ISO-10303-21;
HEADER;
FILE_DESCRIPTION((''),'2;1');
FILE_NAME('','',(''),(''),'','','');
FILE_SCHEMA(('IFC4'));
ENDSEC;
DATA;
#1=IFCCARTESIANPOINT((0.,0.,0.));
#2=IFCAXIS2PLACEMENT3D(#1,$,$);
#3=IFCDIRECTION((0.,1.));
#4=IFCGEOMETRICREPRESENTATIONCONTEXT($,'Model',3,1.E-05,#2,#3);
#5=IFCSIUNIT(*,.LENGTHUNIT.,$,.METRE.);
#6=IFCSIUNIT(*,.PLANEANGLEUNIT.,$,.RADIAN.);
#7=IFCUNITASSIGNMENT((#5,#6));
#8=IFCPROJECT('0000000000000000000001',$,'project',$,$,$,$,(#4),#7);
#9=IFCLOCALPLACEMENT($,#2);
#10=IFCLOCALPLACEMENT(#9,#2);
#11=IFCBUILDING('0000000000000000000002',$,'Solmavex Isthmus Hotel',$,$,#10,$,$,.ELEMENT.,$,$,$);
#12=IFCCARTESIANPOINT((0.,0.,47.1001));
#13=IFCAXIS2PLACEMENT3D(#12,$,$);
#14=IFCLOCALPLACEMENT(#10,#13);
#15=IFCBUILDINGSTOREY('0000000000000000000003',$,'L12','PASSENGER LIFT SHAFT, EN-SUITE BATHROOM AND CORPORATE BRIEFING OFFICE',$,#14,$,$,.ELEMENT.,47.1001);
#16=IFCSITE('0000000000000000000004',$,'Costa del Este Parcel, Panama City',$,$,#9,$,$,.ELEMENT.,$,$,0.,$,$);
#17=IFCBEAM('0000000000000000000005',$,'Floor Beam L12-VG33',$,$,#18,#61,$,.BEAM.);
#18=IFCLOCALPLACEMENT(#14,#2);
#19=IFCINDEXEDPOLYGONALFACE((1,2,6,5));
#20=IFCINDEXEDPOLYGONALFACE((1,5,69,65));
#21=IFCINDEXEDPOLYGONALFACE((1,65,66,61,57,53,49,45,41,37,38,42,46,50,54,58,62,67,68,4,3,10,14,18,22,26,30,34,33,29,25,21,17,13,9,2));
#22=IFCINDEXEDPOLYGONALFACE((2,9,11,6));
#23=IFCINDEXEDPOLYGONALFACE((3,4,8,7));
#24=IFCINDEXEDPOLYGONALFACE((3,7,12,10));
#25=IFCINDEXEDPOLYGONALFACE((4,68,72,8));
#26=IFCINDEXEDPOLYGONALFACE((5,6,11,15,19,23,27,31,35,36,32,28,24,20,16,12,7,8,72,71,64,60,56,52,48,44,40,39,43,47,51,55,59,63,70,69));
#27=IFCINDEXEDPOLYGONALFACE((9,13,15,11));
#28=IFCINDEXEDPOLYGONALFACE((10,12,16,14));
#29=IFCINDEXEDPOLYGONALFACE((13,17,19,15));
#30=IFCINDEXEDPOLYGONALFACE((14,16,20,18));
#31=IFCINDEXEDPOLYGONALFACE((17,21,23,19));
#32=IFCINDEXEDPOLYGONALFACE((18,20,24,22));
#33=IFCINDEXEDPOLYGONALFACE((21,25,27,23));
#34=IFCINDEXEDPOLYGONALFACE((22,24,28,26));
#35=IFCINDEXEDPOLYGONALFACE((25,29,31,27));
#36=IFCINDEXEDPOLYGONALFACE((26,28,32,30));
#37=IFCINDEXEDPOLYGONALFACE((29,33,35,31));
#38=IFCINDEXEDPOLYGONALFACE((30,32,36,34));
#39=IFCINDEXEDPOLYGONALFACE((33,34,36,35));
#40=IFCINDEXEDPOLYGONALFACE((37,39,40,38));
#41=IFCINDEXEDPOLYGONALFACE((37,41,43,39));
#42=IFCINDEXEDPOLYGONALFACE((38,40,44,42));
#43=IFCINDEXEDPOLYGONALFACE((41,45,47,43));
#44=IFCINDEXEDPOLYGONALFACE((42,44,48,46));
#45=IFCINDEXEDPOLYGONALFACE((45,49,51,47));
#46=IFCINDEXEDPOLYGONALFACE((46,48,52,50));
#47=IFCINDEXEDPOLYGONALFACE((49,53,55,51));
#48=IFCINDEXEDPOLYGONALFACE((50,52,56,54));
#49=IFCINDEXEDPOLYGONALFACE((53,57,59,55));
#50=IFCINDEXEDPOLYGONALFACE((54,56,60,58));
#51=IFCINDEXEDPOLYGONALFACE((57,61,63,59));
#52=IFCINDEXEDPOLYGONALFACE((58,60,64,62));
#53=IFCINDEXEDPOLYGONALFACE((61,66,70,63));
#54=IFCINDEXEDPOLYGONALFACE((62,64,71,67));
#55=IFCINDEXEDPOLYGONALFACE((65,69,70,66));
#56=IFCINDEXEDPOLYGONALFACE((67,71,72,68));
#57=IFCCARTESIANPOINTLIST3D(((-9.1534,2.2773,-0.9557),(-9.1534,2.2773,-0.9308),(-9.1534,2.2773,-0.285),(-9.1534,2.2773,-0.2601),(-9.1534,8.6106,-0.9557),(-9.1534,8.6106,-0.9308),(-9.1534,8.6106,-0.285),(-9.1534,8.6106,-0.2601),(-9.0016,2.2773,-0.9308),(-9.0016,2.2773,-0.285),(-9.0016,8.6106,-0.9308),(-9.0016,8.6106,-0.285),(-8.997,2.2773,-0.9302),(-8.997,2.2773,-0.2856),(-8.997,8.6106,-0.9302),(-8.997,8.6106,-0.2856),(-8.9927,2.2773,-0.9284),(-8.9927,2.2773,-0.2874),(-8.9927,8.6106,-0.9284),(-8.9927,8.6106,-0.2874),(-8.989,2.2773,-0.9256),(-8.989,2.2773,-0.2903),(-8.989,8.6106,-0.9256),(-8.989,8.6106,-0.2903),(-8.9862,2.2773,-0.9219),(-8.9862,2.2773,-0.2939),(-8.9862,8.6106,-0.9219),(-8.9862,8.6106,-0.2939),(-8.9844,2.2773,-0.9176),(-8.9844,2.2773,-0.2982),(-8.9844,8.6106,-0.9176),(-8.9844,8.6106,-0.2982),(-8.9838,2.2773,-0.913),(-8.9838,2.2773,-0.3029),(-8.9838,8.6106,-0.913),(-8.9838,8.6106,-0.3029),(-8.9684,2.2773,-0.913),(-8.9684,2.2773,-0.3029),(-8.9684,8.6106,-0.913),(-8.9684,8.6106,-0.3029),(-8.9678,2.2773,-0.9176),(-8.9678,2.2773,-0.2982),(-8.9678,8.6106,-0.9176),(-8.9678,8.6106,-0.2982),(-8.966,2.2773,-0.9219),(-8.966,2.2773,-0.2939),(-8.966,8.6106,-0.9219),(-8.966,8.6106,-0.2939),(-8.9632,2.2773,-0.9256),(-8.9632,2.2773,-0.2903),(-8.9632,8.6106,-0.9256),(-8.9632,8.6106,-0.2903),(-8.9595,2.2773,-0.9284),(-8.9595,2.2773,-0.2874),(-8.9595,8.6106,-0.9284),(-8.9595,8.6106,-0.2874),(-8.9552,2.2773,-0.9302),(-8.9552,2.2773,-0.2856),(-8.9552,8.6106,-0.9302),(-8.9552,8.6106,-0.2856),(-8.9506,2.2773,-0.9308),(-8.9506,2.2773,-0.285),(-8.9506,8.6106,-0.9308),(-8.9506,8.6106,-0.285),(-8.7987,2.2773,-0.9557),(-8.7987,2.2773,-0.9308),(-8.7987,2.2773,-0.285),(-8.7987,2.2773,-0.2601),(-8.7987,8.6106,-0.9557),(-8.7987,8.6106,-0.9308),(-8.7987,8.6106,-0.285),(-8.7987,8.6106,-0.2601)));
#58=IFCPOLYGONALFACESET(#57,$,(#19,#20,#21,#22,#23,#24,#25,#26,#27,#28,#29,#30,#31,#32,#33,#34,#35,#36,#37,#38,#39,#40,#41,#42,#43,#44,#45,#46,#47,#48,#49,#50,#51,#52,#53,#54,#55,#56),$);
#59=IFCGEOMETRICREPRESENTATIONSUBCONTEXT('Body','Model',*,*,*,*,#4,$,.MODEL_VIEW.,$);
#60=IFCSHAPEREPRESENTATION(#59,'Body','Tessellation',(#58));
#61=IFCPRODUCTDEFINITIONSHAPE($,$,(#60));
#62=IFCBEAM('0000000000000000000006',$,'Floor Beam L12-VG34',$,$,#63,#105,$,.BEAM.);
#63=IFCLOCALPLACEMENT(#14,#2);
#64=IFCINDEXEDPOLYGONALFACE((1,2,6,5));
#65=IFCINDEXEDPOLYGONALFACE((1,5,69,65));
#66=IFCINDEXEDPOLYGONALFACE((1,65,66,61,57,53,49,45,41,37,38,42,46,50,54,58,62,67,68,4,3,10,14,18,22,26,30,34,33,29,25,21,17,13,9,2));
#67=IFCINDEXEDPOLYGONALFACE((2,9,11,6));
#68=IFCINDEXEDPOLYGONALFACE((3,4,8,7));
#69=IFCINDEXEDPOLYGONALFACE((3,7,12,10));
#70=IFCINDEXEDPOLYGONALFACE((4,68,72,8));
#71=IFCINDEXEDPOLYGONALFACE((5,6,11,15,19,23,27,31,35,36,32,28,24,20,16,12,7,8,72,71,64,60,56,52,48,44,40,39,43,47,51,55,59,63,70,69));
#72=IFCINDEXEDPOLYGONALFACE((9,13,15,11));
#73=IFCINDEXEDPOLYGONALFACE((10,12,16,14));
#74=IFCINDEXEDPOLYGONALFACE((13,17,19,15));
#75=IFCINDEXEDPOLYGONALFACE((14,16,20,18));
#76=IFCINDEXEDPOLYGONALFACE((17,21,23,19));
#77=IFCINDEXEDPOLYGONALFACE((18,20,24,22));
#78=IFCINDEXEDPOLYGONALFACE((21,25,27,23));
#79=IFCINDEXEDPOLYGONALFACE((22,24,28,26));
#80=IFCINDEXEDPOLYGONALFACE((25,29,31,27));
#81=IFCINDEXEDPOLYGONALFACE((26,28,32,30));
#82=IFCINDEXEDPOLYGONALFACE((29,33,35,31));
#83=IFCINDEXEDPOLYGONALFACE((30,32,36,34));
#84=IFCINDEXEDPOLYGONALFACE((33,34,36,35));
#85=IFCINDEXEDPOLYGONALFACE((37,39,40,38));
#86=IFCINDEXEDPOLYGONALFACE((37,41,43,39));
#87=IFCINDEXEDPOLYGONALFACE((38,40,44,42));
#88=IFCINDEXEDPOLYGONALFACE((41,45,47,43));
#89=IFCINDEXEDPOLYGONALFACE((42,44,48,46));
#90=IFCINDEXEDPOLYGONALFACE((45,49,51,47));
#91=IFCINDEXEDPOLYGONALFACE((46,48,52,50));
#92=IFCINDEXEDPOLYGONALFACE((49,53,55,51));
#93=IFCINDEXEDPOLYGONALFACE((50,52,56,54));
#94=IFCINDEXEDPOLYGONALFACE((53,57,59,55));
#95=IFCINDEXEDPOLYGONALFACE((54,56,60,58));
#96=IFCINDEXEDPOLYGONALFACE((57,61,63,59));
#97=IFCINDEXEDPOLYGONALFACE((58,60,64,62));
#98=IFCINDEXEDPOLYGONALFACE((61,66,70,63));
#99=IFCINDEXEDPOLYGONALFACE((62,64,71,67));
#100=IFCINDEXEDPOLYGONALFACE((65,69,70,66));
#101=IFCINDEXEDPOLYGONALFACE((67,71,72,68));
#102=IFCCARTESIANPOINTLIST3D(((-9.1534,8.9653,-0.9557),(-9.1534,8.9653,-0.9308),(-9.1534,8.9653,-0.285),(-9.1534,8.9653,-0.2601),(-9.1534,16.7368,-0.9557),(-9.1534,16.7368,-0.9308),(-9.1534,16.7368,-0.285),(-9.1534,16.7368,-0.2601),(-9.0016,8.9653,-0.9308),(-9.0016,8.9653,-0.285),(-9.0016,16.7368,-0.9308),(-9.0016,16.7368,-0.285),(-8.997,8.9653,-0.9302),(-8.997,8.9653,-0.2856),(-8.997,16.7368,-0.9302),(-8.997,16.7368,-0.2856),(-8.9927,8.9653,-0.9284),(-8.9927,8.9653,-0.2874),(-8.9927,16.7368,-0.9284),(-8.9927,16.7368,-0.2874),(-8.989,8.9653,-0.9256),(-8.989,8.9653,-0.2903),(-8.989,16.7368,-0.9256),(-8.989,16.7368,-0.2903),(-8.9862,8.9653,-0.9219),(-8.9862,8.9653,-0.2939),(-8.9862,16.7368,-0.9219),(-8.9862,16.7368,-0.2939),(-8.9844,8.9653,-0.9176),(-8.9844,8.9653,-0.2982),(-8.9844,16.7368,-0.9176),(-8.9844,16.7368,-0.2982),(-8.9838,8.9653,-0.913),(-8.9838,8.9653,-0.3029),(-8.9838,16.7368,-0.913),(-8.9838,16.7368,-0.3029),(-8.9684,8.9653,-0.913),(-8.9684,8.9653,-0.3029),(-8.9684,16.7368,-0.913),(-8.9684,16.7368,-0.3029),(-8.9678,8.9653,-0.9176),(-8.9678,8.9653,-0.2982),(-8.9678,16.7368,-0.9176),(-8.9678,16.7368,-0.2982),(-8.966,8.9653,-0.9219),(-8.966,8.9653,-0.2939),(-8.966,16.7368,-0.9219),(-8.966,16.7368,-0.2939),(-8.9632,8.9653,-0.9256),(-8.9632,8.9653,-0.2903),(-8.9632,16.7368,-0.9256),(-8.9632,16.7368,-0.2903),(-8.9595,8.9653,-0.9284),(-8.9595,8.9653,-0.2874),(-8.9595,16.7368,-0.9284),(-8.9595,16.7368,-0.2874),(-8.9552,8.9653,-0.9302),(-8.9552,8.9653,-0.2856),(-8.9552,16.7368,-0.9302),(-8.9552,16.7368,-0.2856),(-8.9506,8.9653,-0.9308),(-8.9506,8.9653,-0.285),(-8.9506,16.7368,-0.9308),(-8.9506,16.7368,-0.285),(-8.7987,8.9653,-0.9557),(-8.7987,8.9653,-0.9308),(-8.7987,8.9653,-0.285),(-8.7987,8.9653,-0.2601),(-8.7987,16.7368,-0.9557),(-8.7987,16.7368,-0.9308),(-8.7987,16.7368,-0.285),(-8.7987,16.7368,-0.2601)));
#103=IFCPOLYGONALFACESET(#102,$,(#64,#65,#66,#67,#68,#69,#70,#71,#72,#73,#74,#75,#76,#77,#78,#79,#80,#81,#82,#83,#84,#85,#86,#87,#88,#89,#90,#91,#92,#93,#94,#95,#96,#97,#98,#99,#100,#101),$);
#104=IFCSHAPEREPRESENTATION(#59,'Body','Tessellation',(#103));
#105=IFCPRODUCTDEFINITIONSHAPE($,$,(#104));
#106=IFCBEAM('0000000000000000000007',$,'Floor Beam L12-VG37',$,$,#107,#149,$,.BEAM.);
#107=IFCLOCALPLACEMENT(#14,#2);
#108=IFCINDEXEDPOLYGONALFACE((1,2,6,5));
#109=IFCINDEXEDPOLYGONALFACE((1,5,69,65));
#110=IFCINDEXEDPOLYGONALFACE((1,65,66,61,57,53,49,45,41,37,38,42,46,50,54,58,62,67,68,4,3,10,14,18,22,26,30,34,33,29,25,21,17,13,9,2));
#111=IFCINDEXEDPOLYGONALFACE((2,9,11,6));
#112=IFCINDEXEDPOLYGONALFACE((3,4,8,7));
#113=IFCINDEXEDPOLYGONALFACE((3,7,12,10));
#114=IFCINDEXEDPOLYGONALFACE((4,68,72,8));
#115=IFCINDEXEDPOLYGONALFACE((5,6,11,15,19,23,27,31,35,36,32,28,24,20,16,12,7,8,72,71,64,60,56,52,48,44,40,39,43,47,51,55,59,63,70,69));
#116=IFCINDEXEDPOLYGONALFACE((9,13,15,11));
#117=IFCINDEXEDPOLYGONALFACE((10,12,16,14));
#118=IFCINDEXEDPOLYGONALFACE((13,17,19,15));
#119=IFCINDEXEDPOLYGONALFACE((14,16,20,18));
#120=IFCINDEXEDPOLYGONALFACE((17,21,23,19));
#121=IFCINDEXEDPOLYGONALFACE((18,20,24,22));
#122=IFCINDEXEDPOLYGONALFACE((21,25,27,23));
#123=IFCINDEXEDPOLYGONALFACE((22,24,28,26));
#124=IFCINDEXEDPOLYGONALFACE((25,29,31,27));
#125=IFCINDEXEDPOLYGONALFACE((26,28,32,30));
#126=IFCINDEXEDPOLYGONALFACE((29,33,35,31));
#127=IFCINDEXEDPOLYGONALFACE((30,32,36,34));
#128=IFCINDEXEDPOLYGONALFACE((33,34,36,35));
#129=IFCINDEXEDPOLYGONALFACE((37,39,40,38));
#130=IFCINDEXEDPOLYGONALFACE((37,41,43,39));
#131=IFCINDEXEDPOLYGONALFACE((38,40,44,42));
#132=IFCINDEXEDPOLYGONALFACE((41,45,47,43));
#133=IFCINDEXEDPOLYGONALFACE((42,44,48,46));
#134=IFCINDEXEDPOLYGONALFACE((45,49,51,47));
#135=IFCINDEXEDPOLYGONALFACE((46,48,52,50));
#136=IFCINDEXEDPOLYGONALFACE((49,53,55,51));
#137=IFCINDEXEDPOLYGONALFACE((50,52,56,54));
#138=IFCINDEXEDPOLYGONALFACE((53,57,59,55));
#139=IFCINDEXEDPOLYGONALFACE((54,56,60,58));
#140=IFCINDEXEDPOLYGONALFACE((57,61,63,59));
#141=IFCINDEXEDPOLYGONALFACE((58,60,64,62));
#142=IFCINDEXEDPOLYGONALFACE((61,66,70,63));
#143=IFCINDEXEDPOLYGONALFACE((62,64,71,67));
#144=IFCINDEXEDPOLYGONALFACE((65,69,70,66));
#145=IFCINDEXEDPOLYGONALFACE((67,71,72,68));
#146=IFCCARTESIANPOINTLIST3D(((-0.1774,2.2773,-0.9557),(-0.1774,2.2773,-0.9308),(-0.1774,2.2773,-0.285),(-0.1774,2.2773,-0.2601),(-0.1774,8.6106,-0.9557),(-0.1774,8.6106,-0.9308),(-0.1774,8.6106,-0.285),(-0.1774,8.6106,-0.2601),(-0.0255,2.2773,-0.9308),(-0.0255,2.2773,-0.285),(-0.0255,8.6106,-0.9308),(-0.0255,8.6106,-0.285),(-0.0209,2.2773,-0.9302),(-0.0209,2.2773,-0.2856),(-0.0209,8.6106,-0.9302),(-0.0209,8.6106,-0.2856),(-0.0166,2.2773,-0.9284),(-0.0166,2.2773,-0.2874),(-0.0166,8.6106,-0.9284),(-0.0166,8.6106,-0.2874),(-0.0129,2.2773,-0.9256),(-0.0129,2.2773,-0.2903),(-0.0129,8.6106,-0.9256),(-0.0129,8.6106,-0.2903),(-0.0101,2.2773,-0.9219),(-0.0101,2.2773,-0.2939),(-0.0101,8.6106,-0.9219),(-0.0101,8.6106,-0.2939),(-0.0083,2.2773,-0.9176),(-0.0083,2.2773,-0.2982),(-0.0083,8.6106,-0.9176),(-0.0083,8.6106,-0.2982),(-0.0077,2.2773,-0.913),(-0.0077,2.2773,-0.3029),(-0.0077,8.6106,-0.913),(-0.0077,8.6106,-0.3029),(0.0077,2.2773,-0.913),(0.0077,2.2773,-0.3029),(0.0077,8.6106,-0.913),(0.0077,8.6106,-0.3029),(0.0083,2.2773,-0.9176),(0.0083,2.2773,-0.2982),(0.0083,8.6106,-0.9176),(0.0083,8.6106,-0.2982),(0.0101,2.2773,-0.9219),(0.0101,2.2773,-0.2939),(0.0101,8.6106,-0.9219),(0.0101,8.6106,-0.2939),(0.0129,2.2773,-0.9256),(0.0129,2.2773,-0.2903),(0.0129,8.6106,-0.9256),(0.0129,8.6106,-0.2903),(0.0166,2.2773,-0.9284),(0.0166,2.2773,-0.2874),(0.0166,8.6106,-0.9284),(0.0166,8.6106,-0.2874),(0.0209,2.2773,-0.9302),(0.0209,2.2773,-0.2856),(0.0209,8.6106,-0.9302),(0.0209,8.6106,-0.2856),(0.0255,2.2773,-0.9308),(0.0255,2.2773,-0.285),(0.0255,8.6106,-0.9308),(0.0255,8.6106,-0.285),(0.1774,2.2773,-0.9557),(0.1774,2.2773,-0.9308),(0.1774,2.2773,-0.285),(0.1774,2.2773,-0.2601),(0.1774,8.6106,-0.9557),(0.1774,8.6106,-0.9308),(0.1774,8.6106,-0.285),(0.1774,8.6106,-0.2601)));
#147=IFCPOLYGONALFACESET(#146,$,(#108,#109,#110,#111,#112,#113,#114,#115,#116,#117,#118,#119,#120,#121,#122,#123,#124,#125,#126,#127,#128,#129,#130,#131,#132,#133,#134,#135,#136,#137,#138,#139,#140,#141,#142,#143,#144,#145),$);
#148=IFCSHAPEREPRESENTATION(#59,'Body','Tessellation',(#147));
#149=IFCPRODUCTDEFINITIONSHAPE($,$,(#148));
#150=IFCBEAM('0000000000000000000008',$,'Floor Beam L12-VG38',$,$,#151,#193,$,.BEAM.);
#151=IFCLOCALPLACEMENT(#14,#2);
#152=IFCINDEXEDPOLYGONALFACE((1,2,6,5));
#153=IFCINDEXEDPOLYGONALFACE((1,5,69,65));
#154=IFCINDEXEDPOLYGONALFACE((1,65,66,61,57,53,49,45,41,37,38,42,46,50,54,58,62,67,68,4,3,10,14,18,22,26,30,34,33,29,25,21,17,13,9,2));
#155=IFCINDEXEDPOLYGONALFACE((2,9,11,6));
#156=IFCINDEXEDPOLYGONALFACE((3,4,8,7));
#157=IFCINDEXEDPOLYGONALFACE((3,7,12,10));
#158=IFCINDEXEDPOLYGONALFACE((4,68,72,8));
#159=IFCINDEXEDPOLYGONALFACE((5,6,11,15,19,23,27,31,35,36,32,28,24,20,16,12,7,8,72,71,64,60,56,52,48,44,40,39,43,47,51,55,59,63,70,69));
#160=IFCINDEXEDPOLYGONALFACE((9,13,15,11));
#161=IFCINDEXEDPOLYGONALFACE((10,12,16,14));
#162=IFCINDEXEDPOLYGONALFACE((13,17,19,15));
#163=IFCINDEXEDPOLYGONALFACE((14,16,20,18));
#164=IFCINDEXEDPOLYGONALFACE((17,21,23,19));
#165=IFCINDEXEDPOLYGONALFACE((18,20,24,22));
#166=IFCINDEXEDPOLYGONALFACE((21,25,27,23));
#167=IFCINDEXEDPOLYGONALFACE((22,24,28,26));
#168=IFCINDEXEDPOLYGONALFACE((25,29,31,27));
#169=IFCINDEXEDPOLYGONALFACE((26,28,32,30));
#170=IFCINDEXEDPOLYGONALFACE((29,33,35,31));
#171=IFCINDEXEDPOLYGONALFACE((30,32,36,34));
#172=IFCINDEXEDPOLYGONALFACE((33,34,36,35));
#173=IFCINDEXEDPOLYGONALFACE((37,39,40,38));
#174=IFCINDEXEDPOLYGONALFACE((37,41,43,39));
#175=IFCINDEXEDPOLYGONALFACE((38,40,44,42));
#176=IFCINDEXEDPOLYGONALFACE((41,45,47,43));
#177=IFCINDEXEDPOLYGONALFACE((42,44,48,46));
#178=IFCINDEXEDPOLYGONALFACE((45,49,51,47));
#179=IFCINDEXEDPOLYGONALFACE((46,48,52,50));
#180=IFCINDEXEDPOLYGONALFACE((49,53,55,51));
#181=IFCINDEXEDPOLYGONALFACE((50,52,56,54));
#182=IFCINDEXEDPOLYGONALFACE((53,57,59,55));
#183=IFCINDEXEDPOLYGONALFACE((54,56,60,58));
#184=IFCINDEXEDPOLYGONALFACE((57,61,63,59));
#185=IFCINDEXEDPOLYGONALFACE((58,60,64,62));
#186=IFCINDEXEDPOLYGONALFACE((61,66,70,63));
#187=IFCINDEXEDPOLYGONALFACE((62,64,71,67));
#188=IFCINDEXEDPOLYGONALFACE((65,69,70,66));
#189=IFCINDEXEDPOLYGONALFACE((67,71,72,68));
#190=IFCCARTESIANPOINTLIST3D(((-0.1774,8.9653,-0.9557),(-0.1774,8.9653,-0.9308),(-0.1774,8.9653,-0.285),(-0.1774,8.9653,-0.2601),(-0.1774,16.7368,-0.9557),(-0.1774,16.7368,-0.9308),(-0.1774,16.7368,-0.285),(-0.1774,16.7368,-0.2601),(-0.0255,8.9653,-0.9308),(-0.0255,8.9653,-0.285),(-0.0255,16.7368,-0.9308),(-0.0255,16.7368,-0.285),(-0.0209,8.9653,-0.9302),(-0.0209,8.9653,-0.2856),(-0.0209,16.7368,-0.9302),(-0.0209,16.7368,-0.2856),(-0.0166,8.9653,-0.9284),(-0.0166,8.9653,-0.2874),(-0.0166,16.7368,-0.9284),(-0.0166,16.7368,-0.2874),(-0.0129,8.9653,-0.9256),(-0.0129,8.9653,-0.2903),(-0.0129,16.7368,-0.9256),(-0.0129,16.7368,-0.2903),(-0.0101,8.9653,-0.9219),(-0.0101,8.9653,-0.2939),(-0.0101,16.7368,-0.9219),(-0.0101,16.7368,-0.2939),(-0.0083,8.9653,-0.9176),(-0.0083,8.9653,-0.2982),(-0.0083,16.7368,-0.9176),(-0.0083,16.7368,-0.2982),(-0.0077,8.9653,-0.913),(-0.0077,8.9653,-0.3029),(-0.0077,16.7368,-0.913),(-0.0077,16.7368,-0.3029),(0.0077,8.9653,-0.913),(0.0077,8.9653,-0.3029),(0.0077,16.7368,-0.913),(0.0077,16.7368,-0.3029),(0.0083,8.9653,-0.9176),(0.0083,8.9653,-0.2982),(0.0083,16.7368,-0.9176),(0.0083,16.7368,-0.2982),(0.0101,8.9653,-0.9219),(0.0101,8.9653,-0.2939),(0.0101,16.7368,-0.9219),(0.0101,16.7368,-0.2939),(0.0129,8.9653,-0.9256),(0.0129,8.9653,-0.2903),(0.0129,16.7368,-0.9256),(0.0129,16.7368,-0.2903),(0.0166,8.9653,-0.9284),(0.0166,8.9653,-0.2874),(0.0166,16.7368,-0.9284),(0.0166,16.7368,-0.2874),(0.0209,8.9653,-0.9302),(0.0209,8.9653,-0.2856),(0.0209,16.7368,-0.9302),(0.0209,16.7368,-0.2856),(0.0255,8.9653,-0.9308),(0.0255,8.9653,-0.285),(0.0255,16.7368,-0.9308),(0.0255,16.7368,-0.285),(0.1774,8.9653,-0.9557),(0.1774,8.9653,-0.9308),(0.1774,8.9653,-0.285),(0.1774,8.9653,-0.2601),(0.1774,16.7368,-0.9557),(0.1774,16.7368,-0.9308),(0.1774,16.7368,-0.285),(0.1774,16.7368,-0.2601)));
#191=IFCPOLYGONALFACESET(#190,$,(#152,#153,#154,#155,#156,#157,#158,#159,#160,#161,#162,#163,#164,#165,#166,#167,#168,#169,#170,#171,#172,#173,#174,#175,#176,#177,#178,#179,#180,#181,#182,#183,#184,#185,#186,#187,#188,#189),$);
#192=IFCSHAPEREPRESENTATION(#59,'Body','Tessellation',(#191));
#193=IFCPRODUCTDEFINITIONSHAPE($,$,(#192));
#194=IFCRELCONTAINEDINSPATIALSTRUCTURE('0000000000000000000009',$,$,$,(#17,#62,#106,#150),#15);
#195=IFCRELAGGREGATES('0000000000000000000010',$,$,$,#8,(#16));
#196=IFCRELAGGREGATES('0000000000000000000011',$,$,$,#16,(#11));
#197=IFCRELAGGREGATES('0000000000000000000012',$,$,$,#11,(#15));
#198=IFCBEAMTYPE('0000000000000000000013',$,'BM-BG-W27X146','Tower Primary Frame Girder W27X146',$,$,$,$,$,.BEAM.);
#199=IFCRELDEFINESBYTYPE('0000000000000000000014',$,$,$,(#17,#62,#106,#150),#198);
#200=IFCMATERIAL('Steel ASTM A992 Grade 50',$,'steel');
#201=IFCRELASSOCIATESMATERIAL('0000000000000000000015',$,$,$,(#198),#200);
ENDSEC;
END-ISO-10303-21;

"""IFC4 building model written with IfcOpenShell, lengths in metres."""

from ifc_helpers import new_model, si_unit, direction, frame, origin, origin_2d, place, context, subcontext, project, spatial, i_section, extrude, material, material_profile, profile_set, type_object, element, save


model = new_model("IFC4")

# Units and contexts
model_context = context("Model", 3, precision=1e-05, world=origin(), true_north=direction((0.0, 1.0)))
body_context = subcontext(model_context, "Body", "Model", "MODEL_VIEW")
ifc_project = project(units=[si_unit("LENGTHUNIT", "METRE"), si_unit("PLANEANGLEUNIT", "RADIAN")], contexts=[model_context])

# Site, building, storey
site_placement = place(None, origin())
site = spatial("IfcSite", under=ifc_project, at=site_placement, Name="Costa del Este Parcel, Panama City", CompositionType="ELEMENT", RefElevation=0.0)
building_placement = place(site_placement, origin())
building = spatial("IfcBuilding", under=site, at=building_placement, Name="Solmavex Isthmus Hotel", CompositionType="ELEMENT")
storey_placement = place(building_placement, frame((0.0, 0.0, 47.1001)))
storey = spatial("IfcBuildingStorey", under=building, at=storey_placement, Name="L12", Description="PASSENGER LIFT SHAFT, EN-SUITE BATHROOM AND CORPORATE BRIEFING OFFICE", CompositionType="ELEMENT", Elevation=47.1001)

# Beams
ifc_material_1 = material(Name="Steel ASTM A992 Grade 50", Category="steel")
ifc_material_profile_1 = material_profile(ifc_material_1, i_section(OverallWidth=0.3547, OverallDepth=0.6956, WebThickness=0.0154, FlangeThickness=0.0249, FilletRadius=0.0178, at=origin_2d()), Name="W27X146")
ifc_profile_set_1 = profile_set([ifc_material_profile_1], Name="Steel ASTM A992 Grade 50")
beam_type_1 = type_object("IfcBeamType", Name="BM-BG-W27X146", Description="Tower Primary Frame Girder W27X146", PredefinedType="BEAM", material=ifc_profile_set_1)
beam_1_placement = place(storey_placement, frame((-8.9761, 2.2773, -0.6079), z_axis=(0.0, 1.0, 0.0), x_axis=(-1.0, 0.0, 0.0)))
element("IfcBeam", 1, at=beam_1_placement, inside=storey, type_object=beam_type_1, Name="Floor Beam L12-VG33", PredefinedType="BEAM", context=body_context, shape_type="SweptSolid", body=[
    extrude(i_section(OverallWidth=0.3547, OverallDepth=0.6956, WebThickness=0.0154, FlangeThickness=0.0249, FilletRadius=0.0178, at=origin_2d()), origin(), (0.0, 0.0, 1.0), 6.3333),
])
beam_2_placement = place(storey_placement, frame((-8.9761, 8.9653, -0.6079), z_axis=(0.0, 1.0, 0.0), x_axis=(-1.0, 0.0, 0.0)))
element("IfcBeam", 2, at=beam_2_placement, inside=storey, type_object=beam_type_1, Name="Floor Beam L12-VG34", PredefinedType="BEAM", context=body_context, shape_type="SweptSolid", body=[
    extrude(i_section(OverallWidth=0.3547, OverallDepth=0.6956, WebThickness=0.0154, FlangeThickness=0.0249, FilletRadius=0.0178, at=origin_2d()), origin(), (0.0, 0.0, 1.0), 7.7715),
])
beam_3_placement = place(storey_placement, frame((0.0, 2.2773, -0.6079), z_axis=(0.0, 1.0, 0.0), x_axis=(-1.0, 0.0, 0.0)))
element("IfcBeam", 3, at=beam_3_placement, inside=storey, type_object=beam_type_1, Name="Floor Beam L12-VG37", PredefinedType="BEAM", context=body_context, shape_type="SweptSolid", body=[
    extrude(i_section(OverallWidth=0.3547, OverallDepth=0.6956, WebThickness=0.0154, FlangeThickness=0.0249, FilletRadius=0.0178, at=origin_2d()), origin(), (0.0, 0.0, 1.0), 6.3333),
])
beam_4_placement = place(storey_placement, frame((0.0, 8.9653, -0.6079), z_axis=(0.0, 1.0, 0.0), x_axis=(-1.0, 0.0, 0.0)))
element("IfcBeam", 4, at=beam_4_placement, inside=storey, type_object=beam_type_1, Name="Floor Beam L12-VG38", PredefinedType="BEAM", context=body_context, shape_type="SweptSolid", body=[
    extrude(i_section(OverallWidth=0.3547, OverallDepth=0.6956, WebThickness=0.0154, FlangeThickness=0.0249, FilletRadius=0.0178, at=origin_2d()), origin(), (0.0, 0.0, 1.0), 7.7715),
])

save(model, "model.ifc")
